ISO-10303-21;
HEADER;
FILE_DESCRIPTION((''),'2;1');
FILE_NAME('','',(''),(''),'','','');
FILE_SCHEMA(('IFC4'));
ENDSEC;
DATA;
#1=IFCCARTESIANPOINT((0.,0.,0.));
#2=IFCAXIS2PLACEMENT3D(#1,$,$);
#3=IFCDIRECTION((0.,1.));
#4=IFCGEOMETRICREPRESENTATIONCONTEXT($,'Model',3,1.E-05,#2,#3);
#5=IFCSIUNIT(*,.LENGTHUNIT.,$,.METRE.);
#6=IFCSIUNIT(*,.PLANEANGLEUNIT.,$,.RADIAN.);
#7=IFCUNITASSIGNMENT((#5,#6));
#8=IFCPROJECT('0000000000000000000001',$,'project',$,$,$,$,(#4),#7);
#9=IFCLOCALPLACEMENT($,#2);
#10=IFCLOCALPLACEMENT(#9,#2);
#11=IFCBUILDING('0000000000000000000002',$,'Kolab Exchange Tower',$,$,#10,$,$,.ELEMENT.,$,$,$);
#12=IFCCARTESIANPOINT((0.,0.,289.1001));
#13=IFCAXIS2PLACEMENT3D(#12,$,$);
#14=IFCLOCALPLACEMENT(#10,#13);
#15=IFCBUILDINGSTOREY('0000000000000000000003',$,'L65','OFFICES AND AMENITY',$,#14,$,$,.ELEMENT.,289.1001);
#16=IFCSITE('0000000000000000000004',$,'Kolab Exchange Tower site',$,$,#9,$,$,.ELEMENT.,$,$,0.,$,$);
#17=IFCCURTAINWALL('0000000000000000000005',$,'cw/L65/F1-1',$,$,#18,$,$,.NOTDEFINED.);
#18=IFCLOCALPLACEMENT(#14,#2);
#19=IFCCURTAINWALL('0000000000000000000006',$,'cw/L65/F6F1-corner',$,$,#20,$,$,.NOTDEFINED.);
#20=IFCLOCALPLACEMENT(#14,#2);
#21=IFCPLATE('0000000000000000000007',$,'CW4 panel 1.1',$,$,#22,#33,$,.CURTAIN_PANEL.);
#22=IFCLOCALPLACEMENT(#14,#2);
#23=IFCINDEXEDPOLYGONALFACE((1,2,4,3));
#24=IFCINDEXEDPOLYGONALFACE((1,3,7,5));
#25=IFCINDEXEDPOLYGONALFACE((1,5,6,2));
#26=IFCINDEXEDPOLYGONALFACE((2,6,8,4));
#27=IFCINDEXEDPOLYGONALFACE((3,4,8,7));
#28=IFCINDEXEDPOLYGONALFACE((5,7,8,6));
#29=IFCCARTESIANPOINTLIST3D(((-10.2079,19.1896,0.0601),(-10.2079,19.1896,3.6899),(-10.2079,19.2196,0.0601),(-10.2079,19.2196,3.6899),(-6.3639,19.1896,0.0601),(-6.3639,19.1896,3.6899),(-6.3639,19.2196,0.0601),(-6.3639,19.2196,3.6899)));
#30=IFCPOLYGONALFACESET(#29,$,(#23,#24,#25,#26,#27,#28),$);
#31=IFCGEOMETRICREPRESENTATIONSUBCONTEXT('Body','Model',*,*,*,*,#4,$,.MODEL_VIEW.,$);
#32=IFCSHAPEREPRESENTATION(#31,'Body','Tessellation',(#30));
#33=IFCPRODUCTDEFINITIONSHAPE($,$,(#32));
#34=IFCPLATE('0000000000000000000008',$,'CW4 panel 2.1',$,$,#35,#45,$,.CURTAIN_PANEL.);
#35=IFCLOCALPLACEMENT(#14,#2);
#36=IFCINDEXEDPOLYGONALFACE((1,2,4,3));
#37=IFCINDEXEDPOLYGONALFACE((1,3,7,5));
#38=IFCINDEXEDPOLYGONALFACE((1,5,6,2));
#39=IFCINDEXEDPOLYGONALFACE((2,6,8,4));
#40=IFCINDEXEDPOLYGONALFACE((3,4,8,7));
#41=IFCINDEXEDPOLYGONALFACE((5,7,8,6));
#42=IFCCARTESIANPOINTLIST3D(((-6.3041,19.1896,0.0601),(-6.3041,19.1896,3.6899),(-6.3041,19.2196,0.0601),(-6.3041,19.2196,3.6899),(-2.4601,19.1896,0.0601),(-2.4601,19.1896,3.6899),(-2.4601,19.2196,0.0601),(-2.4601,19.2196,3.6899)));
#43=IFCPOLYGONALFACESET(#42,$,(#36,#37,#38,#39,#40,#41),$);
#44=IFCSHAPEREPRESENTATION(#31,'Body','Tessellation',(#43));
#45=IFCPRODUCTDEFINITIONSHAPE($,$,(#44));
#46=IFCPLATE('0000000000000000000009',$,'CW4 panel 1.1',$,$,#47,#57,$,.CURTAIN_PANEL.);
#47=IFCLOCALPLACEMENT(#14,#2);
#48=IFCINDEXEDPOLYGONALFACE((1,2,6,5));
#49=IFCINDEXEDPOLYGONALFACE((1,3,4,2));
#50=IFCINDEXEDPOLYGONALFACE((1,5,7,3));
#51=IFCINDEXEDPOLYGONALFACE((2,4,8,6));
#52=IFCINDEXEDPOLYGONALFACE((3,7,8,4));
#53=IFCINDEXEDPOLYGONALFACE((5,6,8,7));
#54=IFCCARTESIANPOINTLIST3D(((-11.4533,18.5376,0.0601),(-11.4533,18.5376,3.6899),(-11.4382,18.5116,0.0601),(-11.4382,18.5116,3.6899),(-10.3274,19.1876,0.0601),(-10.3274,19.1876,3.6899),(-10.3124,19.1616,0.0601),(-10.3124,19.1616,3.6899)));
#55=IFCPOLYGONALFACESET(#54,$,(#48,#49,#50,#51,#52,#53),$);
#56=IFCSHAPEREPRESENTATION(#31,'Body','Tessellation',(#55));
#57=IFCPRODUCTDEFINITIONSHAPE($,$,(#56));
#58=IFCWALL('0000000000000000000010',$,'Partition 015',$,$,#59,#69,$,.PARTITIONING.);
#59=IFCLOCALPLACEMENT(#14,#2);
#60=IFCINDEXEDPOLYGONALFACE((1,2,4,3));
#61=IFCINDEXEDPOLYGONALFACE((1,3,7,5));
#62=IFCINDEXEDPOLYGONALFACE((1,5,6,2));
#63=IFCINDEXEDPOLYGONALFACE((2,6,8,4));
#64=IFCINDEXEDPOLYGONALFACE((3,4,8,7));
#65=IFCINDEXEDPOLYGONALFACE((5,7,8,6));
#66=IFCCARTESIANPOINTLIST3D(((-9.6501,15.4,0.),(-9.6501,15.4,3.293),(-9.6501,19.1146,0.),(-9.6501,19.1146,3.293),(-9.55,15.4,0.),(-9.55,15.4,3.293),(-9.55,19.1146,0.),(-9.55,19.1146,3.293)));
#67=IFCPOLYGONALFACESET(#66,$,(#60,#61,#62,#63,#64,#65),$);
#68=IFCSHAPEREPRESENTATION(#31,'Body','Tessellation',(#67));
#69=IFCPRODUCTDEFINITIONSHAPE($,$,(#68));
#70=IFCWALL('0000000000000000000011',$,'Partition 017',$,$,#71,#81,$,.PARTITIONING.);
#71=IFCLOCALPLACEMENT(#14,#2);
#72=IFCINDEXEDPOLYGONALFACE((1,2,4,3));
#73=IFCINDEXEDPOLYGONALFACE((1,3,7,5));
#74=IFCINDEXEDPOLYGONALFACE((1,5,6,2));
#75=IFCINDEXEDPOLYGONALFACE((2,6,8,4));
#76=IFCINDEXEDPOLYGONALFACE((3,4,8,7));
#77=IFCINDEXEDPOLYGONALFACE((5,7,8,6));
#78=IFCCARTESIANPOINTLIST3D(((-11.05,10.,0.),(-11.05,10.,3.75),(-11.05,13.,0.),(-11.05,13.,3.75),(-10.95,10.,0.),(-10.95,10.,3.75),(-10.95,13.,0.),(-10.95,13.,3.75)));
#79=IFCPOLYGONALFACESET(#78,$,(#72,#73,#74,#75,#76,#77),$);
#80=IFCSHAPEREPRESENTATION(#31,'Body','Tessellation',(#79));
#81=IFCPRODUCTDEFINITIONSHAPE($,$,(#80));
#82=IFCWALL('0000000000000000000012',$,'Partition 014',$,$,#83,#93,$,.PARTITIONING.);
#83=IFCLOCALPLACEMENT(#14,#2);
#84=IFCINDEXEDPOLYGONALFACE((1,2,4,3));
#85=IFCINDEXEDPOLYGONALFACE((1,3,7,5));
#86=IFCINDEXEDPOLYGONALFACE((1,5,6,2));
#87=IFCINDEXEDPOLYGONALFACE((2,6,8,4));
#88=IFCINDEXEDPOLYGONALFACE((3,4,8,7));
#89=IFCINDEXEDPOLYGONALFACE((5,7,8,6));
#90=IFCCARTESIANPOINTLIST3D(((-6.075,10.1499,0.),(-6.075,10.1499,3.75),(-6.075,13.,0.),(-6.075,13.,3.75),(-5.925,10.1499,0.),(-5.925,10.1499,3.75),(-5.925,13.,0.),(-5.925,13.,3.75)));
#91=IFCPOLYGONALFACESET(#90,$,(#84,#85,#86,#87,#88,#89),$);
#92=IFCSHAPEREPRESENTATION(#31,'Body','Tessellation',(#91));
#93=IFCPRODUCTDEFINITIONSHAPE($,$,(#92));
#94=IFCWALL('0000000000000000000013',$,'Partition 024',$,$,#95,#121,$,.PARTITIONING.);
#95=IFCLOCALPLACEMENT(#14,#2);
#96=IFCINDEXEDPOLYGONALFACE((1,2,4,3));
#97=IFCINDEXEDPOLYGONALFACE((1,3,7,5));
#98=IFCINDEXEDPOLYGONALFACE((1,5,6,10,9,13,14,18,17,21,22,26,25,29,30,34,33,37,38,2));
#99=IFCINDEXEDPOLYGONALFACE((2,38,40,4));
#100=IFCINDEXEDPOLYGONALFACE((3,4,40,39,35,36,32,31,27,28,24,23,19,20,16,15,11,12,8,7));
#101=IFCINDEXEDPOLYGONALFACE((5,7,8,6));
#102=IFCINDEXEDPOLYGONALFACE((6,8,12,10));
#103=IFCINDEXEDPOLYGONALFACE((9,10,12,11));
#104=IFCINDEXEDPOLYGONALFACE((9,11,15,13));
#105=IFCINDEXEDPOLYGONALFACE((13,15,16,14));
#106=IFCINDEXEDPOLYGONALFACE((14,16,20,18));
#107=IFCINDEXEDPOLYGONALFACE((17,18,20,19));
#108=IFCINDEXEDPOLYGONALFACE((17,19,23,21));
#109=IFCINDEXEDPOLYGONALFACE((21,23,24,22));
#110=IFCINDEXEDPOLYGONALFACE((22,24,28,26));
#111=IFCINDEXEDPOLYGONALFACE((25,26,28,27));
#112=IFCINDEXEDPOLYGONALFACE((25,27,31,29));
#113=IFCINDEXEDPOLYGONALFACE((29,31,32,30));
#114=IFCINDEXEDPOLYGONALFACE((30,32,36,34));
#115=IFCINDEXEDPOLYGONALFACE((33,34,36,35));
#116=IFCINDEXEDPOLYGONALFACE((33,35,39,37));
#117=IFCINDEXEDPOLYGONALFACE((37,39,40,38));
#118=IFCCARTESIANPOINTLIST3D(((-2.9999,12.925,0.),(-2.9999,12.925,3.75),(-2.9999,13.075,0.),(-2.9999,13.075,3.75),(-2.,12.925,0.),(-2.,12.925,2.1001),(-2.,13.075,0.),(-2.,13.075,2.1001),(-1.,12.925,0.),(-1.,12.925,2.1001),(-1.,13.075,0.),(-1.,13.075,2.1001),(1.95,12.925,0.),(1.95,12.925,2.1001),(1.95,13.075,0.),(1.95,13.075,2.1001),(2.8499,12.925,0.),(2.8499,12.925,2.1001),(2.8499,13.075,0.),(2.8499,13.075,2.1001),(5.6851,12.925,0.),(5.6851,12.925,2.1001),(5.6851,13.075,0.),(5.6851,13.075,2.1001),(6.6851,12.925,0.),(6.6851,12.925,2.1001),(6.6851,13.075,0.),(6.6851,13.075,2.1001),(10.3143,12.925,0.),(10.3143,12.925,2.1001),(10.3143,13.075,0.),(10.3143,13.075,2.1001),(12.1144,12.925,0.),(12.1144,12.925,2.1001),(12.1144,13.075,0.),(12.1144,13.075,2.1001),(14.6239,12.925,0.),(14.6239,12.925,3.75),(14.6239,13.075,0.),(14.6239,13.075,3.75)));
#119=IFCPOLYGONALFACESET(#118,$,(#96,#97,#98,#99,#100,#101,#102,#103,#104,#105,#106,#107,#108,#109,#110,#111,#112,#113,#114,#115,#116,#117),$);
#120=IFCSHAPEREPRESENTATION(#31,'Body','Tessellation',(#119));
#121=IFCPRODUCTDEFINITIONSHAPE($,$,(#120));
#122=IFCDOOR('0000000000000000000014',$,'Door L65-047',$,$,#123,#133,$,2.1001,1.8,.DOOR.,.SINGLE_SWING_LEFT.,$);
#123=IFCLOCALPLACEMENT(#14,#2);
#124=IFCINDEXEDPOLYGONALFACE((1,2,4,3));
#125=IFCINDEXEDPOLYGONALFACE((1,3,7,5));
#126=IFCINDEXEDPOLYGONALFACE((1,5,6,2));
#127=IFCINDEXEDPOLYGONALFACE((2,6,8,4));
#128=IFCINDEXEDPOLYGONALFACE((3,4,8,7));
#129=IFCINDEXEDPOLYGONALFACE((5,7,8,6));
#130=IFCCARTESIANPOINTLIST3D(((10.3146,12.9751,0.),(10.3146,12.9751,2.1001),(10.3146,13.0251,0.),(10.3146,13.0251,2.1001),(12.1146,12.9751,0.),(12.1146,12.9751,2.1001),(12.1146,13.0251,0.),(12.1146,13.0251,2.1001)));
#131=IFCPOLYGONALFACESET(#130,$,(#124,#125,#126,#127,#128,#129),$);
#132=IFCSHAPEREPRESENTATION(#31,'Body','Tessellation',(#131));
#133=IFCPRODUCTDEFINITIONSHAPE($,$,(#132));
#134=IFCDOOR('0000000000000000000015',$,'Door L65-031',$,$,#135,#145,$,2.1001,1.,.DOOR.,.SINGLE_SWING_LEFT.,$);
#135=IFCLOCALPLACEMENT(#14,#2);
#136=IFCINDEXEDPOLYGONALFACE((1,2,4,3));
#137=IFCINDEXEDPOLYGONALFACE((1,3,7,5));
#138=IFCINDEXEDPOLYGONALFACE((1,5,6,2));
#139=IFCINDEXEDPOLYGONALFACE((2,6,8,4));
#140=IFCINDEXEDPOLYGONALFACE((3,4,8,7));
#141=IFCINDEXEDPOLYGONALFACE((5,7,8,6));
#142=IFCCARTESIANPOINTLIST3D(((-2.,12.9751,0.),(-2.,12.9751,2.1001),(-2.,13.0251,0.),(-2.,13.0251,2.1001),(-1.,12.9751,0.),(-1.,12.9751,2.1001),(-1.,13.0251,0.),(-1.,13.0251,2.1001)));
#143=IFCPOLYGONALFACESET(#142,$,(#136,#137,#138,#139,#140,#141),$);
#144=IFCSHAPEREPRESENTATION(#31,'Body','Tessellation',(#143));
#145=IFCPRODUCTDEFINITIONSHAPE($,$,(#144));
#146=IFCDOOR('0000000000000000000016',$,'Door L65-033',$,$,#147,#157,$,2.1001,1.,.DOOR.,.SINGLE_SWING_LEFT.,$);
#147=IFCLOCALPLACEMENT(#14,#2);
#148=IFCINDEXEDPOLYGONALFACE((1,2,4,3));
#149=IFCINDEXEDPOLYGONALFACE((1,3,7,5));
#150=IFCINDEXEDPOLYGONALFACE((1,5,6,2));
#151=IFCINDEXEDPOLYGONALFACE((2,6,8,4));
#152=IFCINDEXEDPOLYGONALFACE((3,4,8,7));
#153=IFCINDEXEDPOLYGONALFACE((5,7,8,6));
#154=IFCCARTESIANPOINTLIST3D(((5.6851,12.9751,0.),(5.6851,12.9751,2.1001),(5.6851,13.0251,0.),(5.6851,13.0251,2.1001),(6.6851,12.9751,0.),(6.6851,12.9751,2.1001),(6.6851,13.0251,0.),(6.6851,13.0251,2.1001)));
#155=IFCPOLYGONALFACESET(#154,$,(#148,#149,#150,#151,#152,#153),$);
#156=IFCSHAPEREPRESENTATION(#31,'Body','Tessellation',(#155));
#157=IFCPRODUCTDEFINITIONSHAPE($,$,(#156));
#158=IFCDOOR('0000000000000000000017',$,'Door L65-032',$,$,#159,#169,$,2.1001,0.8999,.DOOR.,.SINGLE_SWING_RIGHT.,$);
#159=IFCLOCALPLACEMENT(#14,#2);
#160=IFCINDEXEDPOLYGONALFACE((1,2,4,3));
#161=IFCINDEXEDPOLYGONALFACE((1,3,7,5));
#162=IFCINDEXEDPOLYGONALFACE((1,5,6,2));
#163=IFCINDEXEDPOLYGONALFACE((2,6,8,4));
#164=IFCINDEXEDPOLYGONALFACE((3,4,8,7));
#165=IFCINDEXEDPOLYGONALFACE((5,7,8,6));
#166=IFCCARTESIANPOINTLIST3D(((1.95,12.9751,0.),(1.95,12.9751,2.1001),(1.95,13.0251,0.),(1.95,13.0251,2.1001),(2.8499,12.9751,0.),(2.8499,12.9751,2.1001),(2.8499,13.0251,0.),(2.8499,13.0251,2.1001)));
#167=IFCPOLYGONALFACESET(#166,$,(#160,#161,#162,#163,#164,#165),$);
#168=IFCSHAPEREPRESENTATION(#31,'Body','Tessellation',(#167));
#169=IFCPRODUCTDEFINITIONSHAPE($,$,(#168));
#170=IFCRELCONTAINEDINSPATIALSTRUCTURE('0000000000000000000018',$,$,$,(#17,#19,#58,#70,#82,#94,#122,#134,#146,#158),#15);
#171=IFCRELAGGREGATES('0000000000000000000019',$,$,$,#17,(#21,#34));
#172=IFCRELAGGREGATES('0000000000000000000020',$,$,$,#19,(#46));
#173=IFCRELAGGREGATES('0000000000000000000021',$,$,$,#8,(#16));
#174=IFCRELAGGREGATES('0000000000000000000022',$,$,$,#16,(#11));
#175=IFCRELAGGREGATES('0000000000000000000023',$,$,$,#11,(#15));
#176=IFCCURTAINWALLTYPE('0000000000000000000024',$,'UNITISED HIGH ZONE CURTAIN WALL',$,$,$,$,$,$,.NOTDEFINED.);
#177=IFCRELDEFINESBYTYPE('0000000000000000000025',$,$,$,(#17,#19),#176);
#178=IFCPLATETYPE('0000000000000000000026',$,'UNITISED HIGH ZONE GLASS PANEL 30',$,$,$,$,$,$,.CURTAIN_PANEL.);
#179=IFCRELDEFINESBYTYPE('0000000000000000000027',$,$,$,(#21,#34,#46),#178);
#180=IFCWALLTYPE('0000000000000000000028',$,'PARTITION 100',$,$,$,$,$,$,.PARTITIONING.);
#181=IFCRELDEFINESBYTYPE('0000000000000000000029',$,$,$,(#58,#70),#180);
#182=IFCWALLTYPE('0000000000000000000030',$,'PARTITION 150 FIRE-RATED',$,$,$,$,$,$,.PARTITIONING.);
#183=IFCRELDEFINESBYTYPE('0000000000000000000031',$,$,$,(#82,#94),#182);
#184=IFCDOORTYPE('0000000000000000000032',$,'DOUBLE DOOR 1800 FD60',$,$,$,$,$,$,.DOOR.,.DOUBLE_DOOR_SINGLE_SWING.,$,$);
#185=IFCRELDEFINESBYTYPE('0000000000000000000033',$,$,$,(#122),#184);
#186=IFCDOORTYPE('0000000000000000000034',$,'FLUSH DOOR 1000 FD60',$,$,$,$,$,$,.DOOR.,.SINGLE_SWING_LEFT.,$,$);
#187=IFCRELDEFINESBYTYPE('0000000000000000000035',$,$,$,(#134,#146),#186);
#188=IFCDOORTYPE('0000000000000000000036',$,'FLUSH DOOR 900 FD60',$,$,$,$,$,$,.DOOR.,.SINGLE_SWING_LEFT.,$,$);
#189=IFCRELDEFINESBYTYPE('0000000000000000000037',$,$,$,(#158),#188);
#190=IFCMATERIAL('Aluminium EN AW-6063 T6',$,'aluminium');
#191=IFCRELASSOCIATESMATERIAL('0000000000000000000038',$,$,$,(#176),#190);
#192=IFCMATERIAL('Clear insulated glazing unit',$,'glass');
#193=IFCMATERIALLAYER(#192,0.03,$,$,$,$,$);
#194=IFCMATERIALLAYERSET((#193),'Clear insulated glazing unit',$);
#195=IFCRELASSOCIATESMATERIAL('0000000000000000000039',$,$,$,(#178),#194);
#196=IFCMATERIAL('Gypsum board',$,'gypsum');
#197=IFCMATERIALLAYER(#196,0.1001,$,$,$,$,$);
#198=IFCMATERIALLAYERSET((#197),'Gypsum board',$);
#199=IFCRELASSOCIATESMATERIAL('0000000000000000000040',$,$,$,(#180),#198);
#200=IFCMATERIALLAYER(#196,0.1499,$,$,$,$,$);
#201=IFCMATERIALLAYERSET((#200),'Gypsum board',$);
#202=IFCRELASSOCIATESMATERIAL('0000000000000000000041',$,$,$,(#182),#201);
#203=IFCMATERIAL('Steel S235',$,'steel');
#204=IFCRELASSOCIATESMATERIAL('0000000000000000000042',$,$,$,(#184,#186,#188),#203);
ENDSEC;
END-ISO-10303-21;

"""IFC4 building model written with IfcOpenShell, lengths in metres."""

from ifc_helpers import new_model, si_unit, direction, frame, frame_2d, origin, origin_2d, place, context, subcontext, project, spatial, rectangle, extrude, material, layer, layer_set, type_object, element, fill, aggregate, save


model = new_model("IFC4")

# Units and contexts
model_context = context("Model", 3, precision=1e-05, world=origin(), true_north=direction((0.0, 1.0)))
body_context = subcontext(model_context, "Body", "Model", "MODEL_VIEW")
ifc_project = project(units=[si_unit("LENGTHUNIT", "METRE"), si_unit("PLANEANGLEUNIT", "RADIAN")], contexts=[model_context])

# Site, building, storey
site_placement = place(None, origin())
site = spatial("IfcSite", under=ifc_project, at=site_placement, Name="Kolab Exchange Tower site", CompositionType="ELEMENT", RefElevation=0.0)
building_placement = place(site_placement, origin())
building = spatial("IfcBuilding", under=site, at=building_placement, Name="Kolab Exchange Tower", CompositionType="ELEMENT")
storey_placement = place(building_placement, frame((0.0, 0.0, 289.1001)))
storey = spatial("IfcBuildingStorey", under=building, at=storey_placement, Name="L65", Description="OFFICES AND AMENITY", CompositionType="ELEMENT", Elevation=289.1001)

# Curtain wall
ifc_material_1 = material(Name="Aluminium EN AW-6063 T6", Category="aluminium")
curtain_wall_type = type_object("IfcCurtainWallType", Name="UNITISED HIGH ZONE CURTAIN WALL", PredefinedType="NOTDEFINED", material=ifc_material_1)
curtain_wall_1_placement = place(storey_placement, origin())
curtain_wall_1 = element("IfcCurtainWall", 1, at=curtain_wall_1_placement, inside=storey, type_object=curtain_wall_type, Name="cw/L65/F1-1", PredefinedType="NOTDEFINED")

# Curtain wall
curtain_wall_2_placement = place(storey_placement, origin())
curtain_wall_2 = element("IfcCurtainWall", 2, at=curtain_wall_2_placement, inside=storey, type_object=curtain_wall_type, Name="cw/L65/F6F1-corner", PredefinedType="NOTDEFINED")

# Plates
ifc_material_2 = material(Name="Clear insulated glazing unit", Category="glass")
ifc_layer_1 = layer(ifc_material_2, 0.03)
ifc_layer_set_1 = layer_set([ifc_layer_1], Name="Clear insulated glazing unit")
plate_type = type_object("IfcPlateType", Name="UNITISED HIGH ZONE GLASS PANEL 30", PredefinedType="CURTAIN_PANEL", material=ifc_layer_set_1)
plate_1_placement = place(storey_placement, frame((-8.2859, 19.2046, 0.0601), z_axis=(0.0, 0.0, 1.0), x_axis=(1.0, 0.0, 0.0)))
plate_1 = element("IfcPlate", 3, at=plate_1_placement, type_object=plate_type, Name="CW4 panel 1.1", PredefinedType="CURTAIN_PANEL", context=body_context, shape_type="SweptSolid", body=[
    extrude(rectangle(XDim=3.844, YDim=0.03, at=origin_2d()), origin(), (0.0, 0.0, 1.0), 3.6299),
])
plate_2_placement = place(storey_placement, frame((-4.3821, 19.2046, 0.0601), z_axis=(0.0, 0.0, 1.0), x_axis=(1.0, 0.0, 0.0)))
plate_2 = element("IfcPlate", 4, at=plate_2_placement, type_object=plate_type, Name="CW4 panel 2.1", PredefinedType="CURTAIN_PANEL", context=body_context, shape_type="SweptSolid", body=[
    extrude(rectangle(XDim=3.844, YDim=0.03, at=origin_2d()), origin(), (0.0, 0.0, 1.0), 3.6299),
])
aggregate(curtain_wall_1, [plate_1, plate_2])
plate_3_placement = place(storey_placement, frame((-10.8828, 18.8496, 0.0601), z_axis=(0.0, 0.0, 1.0), x_axis=(0.866025, 0.5, 0.0)))
plate_3 = element("IfcPlate", 5, at=plate_3_placement, type_object=plate_type, Name="CW4 panel 1.1", PredefinedType="CURTAIN_PANEL", context=body_context, shape_type="SweptSolid", body=[
    extrude(rectangle(XDim=1.3, YDim=0.03, at=origin_2d()), origin(), (0.0, 0.0, 1.0), 3.6299),
])
aggregate(curtain_wall_2, [plate_3])

# Walls
ifc_material_3 = material(Name="Gypsum board", Category="gypsum")
ifc_layer_2 = layer(ifc_material_3, 0.1001)
ifc_layer_set_2 = layer_set([ifc_layer_2], Name="Gypsum board")
wall_type_1 = type_object("IfcWallType", Name="PARTITION 100", PredefinedType="PARTITIONING", material=ifc_layer_set_2)
wall_1_placement = place(storey_placement, frame((-9.6001, 15.3999, 0.0), z_axis=(0.0, 0.0, 1.0), x_axis=(0.0, 1.0, 0.0)))
element("IfcWall", 6, at=wall_1_placement, inside=storey, type_object=wall_type_1, Name="Partition 015", PredefinedType="PARTITIONING", context=body_context, shape_type="SweptSolid", body=[
    extrude(rectangle(XDim=3.7146, YDim=0.1001, at=frame_2d((1.8574, 0.0))), origin(), (0.0, 0.0, 1.0), 3.293),
])
wall_2_placement = place(storey_placement, frame((-11.0, 10.0, 0.0), z_axis=(0.0, 0.0, 1.0), x_axis=(0.0, 1.0, 0.0)))
element("IfcWall", 7, at=wall_2_placement, inside=storey, type_object=wall_type_1, Name="Partition 017", PredefinedType="PARTITIONING", context=body_context, shape_type="SweptSolid", body=[
    extrude(rectangle(XDim=3.0, YDim=0.1001, at=frame_2d((1.5, 0.0))), origin(), (0.0, 0.0, 1.0), 3.75),
])
ifc_layer_3 = layer(ifc_material_3, 0.1499)
ifc_layer_set_3 = layer_set([ifc_layer_3], Name="Gypsum board")
wall_type_2 = type_object("IfcWallType", Name="PARTITION 150 FIRE-RATED", PredefinedType="PARTITIONING", material=ifc_layer_set_3)
wall_3_placement = place(storey_placement, frame((-6.0, 10.1499, 0.0), z_axis=(0.0, 0.0, 1.0), x_axis=(0.0, 1.0, 0.0)))
element("IfcWall", 8, at=wall_3_placement, inside=storey, type_object=wall_type_2, Name="Partition 014", PredefinedType="PARTITIONING", context=body_context, shape_type="SweptSolid", body=[
    extrude(rectangle(XDim=2.8501, YDim=0.1499, at=frame_2d((1.425, 0.0))), origin(), (0.0, 0.0, 1.0), 3.75),
])

# Wall, openings, doors
wall_4_placement = place(storey_placement, frame((-3.0, 13.0, 0.0), z_axis=(0.0, 0.0, 1.0), x_axis=(1.0, 0.0, 0.0)))
wall_4 = element("IfcWall", 9, at=wall_4_placement, inside=storey, type_object=wall_type_2, Name="Partition 024", PredefinedType="PARTITIONING", context=body_context, shape_type="SweptSolid", body=[
    extrude(rectangle(XDim=17.6238, YDim=0.1499, at=frame_2d((8.812, 0.0))), origin(), (0.0, 0.0, 1.0), 3.75),
])
opening_1_placement = place(wall_4_placement, frame((1.0, 0.0, 0.0)))
opening_1 = element("IfcOpeningElement", 10, at=opening_1_placement, cuts=wall_4, PredefinedType="OPENING", context=body_context, shape_type="SweptSolid", body=[
    extrude(rectangle(XDim=1.0, YDim=2.1001, at=frame_2d((0.5, 1.05))), frame((0.0, 0.085, 0.0), z_axis=(0.0, -1.0, 0.0), x_axis=(1.0, 0.0, 0.0)), (0.0, 0.0, 1.0), 0.1699),
])
opening_2_placement = place(wall_4_placement, frame((4.95, 0.0, 0.0)))
opening_2 = element("IfcOpeningElement", 11, at=opening_2_placement, cuts=wall_4, PredefinedType="OPENING", context=body_context, shape_type="SweptSolid", body=[
    extrude(rectangle(XDim=0.8999, YDim=2.1001, at=frame_2d((0.45, 1.05))), frame((0.0, 0.085, 0.0), z_axis=(0.0, -1.0, 0.0), x_axis=(1.0, 0.0, 0.0)), (0.0, 0.0, 1.0), 0.1699),
])
opening_3_placement = place(wall_4_placement, frame((8.6851, 0.0, 0.0)))
opening_3 = element("IfcOpeningElement", 12, at=opening_3_placement, cuts=wall_4, PredefinedType="OPENING", context=body_context, shape_type="SweptSolid", body=[
    extrude(rectangle(XDim=1.0, YDim=2.1001, at=frame_2d((0.5, 1.05))), frame((0.0, 0.085, 0.0), z_axis=(0.0, -1.0, 0.0), x_axis=(1.0, 0.0, 0.0)), (0.0, 0.0, 1.0), 0.1699),
])
opening_4_placement = place(wall_4_placement, frame((13.3145, 0.0, 0.0)))
opening_4 = element("IfcOpeningElement", 13, at=opening_4_placement, cuts=wall_4, PredefinedType="OPENING", context=body_context, shape_type="SweptSolid", body=[
    extrude(rectangle(XDim=1.8, YDim=2.1001, at=frame_2d((0.8999, 1.05))), frame((0.0, 0.085, 0.0), z_axis=(0.0, -1.0, 0.0), x_axis=(1.0, 0.0, 0.0)), (0.0, 0.0, 1.0), 0.1699),
])
ifc_material_4 = material(Name="Steel S235", Category="steel")
door_type_1 = type_object("IfcDoorType", Name="DOUBLE DOOR 1800 FD60", OperationType="DOUBLE_DOOR_SINGLE_SWING", PredefinedType="DOOR", material=ifc_material_4)
door_1_placement = place(opening_4_placement, frame((1.8, 0.0, 0.0), z_axis=(0.0, 0.0, 1.0), x_axis=(-1.0, 0.0, 0.0)))
door_1 = element("IfcDoor", 14, at=door_1_placement, inside=storey, type_object=door_type_1, Name="Door L65-047", OperationType="SINGLE_SWING_LEFT", OverallHeight=2.1001, OverallWidth=1.8, PredefinedType="DOOR", context=body_context, shape_type="SweptSolid", body=[
    extrude(rectangle(XDim=1.8, YDim=2.1001, at=frame_2d((0.8999, 1.05))), frame((0.0, 0.0249, 0.0), z_axis=(0.0, -1.0, 0.0), x_axis=(1.0, 0.0, 0.0)), (0.0, 0.0, 1.0), 0.05),
])
fill(opening_4, door_1)
door_type_2 = type_object("IfcDoorType", Name="FLUSH DOOR 1000 FD60", OperationType="SINGLE_SWING_LEFT", PredefinedType="DOOR", material=ifc_material_4)
door_2_placement = place(opening_1_placement, frame((1.0, 0.0, 0.0), z_axis=(0.0, 0.0, 1.0), x_axis=(-1.0, 0.0, 0.0)))
door_2 = element("IfcDoor", 15, at=door_2_placement, inside=storey, type_object=door_type_2, Name="Door L65-031", OperationType="SINGLE_SWING_LEFT", OverallHeight=2.1001, OverallWidth=1.0, PredefinedType="DOOR", context=body_context, shape_type="SweptSolid", body=[
    extrude(rectangle(XDim=1.0, YDim=2.1001, at=frame_2d((0.5, 1.05))), frame((0.0, 0.0249, 0.0), z_axis=(0.0, -1.0, 0.0), x_axis=(1.0, 0.0, 0.0)), (0.0, 0.0, 1.0), 0.05),
])
fill(opening_1, door_2)
door_3_placement = place(opening_3_placement, frame((1.0, 0.0, 0.0), z_axis=(0.0, 0.0, 1.0), x_axis=(-1.0, 0.0, 0.0)))
door_3 = element("IfcDoor", 16, at=door_3_placement, inside=storey, type_object=door_type_2, Name="Door L65-033", OperationType="SINGLE_SWING_LEFT", OverallHeight=2.1001, OverallWidth=1.0, PredefinedType="DOOR", context=body_context, shape_type="SweptSolid", body=[
    extrude(rectangle(XDim=1.0, YDim=2.1001, at=frame_2d((0.5, 1.05))), frame((0.0, 0.0249, 0.0), z_axis=(0.0, -1.0, 0.0), x_axis=(1.0, 0.0, 0.0)), (0.0, 0.0, 1.0), 0.05),
])
fill(opening_3, door_3)
door_type_3 = type_object("IfcDoorType", Name="FLUSH DOOR 900 FD60", OperationType="SINGLE_SWING_LEFT", PredefinedType="DOOR", material=ifc_material_4)
door_4_placement = place(opening_2_placement, frame((0.8999, 0.0, 0.0), z_axis=(0.0, 0.0, 1.0), x_axis=(-1.0, 0.0, 0.0)))
door_4 = element("IfcDoor", 17, at=door_4_placement, inside=storey, type_object=door_type_3, Name="Door L65-032", OperationType="SINGLE_SWING_RIGHT", OverallHeight=2.1001, OverallWidth=0.8999, PredefinedType="DOOR", context=body_context, shape_type="SweptSolid", body=[
    extrude(rectangle(XDim=0.8999, YDim=2.1001, at=frame_2d((0.45, 1.05))), frame((0.0, 0.0249, 0.0), z_axis=(0.0, -1.0, 0.0), x_axis=(1.0, 0.0, 0.0)), (0.0, 0.0, 1.0), 0.05),
])
fill(opening_2, door_4)

save(model, "model.ifc")
